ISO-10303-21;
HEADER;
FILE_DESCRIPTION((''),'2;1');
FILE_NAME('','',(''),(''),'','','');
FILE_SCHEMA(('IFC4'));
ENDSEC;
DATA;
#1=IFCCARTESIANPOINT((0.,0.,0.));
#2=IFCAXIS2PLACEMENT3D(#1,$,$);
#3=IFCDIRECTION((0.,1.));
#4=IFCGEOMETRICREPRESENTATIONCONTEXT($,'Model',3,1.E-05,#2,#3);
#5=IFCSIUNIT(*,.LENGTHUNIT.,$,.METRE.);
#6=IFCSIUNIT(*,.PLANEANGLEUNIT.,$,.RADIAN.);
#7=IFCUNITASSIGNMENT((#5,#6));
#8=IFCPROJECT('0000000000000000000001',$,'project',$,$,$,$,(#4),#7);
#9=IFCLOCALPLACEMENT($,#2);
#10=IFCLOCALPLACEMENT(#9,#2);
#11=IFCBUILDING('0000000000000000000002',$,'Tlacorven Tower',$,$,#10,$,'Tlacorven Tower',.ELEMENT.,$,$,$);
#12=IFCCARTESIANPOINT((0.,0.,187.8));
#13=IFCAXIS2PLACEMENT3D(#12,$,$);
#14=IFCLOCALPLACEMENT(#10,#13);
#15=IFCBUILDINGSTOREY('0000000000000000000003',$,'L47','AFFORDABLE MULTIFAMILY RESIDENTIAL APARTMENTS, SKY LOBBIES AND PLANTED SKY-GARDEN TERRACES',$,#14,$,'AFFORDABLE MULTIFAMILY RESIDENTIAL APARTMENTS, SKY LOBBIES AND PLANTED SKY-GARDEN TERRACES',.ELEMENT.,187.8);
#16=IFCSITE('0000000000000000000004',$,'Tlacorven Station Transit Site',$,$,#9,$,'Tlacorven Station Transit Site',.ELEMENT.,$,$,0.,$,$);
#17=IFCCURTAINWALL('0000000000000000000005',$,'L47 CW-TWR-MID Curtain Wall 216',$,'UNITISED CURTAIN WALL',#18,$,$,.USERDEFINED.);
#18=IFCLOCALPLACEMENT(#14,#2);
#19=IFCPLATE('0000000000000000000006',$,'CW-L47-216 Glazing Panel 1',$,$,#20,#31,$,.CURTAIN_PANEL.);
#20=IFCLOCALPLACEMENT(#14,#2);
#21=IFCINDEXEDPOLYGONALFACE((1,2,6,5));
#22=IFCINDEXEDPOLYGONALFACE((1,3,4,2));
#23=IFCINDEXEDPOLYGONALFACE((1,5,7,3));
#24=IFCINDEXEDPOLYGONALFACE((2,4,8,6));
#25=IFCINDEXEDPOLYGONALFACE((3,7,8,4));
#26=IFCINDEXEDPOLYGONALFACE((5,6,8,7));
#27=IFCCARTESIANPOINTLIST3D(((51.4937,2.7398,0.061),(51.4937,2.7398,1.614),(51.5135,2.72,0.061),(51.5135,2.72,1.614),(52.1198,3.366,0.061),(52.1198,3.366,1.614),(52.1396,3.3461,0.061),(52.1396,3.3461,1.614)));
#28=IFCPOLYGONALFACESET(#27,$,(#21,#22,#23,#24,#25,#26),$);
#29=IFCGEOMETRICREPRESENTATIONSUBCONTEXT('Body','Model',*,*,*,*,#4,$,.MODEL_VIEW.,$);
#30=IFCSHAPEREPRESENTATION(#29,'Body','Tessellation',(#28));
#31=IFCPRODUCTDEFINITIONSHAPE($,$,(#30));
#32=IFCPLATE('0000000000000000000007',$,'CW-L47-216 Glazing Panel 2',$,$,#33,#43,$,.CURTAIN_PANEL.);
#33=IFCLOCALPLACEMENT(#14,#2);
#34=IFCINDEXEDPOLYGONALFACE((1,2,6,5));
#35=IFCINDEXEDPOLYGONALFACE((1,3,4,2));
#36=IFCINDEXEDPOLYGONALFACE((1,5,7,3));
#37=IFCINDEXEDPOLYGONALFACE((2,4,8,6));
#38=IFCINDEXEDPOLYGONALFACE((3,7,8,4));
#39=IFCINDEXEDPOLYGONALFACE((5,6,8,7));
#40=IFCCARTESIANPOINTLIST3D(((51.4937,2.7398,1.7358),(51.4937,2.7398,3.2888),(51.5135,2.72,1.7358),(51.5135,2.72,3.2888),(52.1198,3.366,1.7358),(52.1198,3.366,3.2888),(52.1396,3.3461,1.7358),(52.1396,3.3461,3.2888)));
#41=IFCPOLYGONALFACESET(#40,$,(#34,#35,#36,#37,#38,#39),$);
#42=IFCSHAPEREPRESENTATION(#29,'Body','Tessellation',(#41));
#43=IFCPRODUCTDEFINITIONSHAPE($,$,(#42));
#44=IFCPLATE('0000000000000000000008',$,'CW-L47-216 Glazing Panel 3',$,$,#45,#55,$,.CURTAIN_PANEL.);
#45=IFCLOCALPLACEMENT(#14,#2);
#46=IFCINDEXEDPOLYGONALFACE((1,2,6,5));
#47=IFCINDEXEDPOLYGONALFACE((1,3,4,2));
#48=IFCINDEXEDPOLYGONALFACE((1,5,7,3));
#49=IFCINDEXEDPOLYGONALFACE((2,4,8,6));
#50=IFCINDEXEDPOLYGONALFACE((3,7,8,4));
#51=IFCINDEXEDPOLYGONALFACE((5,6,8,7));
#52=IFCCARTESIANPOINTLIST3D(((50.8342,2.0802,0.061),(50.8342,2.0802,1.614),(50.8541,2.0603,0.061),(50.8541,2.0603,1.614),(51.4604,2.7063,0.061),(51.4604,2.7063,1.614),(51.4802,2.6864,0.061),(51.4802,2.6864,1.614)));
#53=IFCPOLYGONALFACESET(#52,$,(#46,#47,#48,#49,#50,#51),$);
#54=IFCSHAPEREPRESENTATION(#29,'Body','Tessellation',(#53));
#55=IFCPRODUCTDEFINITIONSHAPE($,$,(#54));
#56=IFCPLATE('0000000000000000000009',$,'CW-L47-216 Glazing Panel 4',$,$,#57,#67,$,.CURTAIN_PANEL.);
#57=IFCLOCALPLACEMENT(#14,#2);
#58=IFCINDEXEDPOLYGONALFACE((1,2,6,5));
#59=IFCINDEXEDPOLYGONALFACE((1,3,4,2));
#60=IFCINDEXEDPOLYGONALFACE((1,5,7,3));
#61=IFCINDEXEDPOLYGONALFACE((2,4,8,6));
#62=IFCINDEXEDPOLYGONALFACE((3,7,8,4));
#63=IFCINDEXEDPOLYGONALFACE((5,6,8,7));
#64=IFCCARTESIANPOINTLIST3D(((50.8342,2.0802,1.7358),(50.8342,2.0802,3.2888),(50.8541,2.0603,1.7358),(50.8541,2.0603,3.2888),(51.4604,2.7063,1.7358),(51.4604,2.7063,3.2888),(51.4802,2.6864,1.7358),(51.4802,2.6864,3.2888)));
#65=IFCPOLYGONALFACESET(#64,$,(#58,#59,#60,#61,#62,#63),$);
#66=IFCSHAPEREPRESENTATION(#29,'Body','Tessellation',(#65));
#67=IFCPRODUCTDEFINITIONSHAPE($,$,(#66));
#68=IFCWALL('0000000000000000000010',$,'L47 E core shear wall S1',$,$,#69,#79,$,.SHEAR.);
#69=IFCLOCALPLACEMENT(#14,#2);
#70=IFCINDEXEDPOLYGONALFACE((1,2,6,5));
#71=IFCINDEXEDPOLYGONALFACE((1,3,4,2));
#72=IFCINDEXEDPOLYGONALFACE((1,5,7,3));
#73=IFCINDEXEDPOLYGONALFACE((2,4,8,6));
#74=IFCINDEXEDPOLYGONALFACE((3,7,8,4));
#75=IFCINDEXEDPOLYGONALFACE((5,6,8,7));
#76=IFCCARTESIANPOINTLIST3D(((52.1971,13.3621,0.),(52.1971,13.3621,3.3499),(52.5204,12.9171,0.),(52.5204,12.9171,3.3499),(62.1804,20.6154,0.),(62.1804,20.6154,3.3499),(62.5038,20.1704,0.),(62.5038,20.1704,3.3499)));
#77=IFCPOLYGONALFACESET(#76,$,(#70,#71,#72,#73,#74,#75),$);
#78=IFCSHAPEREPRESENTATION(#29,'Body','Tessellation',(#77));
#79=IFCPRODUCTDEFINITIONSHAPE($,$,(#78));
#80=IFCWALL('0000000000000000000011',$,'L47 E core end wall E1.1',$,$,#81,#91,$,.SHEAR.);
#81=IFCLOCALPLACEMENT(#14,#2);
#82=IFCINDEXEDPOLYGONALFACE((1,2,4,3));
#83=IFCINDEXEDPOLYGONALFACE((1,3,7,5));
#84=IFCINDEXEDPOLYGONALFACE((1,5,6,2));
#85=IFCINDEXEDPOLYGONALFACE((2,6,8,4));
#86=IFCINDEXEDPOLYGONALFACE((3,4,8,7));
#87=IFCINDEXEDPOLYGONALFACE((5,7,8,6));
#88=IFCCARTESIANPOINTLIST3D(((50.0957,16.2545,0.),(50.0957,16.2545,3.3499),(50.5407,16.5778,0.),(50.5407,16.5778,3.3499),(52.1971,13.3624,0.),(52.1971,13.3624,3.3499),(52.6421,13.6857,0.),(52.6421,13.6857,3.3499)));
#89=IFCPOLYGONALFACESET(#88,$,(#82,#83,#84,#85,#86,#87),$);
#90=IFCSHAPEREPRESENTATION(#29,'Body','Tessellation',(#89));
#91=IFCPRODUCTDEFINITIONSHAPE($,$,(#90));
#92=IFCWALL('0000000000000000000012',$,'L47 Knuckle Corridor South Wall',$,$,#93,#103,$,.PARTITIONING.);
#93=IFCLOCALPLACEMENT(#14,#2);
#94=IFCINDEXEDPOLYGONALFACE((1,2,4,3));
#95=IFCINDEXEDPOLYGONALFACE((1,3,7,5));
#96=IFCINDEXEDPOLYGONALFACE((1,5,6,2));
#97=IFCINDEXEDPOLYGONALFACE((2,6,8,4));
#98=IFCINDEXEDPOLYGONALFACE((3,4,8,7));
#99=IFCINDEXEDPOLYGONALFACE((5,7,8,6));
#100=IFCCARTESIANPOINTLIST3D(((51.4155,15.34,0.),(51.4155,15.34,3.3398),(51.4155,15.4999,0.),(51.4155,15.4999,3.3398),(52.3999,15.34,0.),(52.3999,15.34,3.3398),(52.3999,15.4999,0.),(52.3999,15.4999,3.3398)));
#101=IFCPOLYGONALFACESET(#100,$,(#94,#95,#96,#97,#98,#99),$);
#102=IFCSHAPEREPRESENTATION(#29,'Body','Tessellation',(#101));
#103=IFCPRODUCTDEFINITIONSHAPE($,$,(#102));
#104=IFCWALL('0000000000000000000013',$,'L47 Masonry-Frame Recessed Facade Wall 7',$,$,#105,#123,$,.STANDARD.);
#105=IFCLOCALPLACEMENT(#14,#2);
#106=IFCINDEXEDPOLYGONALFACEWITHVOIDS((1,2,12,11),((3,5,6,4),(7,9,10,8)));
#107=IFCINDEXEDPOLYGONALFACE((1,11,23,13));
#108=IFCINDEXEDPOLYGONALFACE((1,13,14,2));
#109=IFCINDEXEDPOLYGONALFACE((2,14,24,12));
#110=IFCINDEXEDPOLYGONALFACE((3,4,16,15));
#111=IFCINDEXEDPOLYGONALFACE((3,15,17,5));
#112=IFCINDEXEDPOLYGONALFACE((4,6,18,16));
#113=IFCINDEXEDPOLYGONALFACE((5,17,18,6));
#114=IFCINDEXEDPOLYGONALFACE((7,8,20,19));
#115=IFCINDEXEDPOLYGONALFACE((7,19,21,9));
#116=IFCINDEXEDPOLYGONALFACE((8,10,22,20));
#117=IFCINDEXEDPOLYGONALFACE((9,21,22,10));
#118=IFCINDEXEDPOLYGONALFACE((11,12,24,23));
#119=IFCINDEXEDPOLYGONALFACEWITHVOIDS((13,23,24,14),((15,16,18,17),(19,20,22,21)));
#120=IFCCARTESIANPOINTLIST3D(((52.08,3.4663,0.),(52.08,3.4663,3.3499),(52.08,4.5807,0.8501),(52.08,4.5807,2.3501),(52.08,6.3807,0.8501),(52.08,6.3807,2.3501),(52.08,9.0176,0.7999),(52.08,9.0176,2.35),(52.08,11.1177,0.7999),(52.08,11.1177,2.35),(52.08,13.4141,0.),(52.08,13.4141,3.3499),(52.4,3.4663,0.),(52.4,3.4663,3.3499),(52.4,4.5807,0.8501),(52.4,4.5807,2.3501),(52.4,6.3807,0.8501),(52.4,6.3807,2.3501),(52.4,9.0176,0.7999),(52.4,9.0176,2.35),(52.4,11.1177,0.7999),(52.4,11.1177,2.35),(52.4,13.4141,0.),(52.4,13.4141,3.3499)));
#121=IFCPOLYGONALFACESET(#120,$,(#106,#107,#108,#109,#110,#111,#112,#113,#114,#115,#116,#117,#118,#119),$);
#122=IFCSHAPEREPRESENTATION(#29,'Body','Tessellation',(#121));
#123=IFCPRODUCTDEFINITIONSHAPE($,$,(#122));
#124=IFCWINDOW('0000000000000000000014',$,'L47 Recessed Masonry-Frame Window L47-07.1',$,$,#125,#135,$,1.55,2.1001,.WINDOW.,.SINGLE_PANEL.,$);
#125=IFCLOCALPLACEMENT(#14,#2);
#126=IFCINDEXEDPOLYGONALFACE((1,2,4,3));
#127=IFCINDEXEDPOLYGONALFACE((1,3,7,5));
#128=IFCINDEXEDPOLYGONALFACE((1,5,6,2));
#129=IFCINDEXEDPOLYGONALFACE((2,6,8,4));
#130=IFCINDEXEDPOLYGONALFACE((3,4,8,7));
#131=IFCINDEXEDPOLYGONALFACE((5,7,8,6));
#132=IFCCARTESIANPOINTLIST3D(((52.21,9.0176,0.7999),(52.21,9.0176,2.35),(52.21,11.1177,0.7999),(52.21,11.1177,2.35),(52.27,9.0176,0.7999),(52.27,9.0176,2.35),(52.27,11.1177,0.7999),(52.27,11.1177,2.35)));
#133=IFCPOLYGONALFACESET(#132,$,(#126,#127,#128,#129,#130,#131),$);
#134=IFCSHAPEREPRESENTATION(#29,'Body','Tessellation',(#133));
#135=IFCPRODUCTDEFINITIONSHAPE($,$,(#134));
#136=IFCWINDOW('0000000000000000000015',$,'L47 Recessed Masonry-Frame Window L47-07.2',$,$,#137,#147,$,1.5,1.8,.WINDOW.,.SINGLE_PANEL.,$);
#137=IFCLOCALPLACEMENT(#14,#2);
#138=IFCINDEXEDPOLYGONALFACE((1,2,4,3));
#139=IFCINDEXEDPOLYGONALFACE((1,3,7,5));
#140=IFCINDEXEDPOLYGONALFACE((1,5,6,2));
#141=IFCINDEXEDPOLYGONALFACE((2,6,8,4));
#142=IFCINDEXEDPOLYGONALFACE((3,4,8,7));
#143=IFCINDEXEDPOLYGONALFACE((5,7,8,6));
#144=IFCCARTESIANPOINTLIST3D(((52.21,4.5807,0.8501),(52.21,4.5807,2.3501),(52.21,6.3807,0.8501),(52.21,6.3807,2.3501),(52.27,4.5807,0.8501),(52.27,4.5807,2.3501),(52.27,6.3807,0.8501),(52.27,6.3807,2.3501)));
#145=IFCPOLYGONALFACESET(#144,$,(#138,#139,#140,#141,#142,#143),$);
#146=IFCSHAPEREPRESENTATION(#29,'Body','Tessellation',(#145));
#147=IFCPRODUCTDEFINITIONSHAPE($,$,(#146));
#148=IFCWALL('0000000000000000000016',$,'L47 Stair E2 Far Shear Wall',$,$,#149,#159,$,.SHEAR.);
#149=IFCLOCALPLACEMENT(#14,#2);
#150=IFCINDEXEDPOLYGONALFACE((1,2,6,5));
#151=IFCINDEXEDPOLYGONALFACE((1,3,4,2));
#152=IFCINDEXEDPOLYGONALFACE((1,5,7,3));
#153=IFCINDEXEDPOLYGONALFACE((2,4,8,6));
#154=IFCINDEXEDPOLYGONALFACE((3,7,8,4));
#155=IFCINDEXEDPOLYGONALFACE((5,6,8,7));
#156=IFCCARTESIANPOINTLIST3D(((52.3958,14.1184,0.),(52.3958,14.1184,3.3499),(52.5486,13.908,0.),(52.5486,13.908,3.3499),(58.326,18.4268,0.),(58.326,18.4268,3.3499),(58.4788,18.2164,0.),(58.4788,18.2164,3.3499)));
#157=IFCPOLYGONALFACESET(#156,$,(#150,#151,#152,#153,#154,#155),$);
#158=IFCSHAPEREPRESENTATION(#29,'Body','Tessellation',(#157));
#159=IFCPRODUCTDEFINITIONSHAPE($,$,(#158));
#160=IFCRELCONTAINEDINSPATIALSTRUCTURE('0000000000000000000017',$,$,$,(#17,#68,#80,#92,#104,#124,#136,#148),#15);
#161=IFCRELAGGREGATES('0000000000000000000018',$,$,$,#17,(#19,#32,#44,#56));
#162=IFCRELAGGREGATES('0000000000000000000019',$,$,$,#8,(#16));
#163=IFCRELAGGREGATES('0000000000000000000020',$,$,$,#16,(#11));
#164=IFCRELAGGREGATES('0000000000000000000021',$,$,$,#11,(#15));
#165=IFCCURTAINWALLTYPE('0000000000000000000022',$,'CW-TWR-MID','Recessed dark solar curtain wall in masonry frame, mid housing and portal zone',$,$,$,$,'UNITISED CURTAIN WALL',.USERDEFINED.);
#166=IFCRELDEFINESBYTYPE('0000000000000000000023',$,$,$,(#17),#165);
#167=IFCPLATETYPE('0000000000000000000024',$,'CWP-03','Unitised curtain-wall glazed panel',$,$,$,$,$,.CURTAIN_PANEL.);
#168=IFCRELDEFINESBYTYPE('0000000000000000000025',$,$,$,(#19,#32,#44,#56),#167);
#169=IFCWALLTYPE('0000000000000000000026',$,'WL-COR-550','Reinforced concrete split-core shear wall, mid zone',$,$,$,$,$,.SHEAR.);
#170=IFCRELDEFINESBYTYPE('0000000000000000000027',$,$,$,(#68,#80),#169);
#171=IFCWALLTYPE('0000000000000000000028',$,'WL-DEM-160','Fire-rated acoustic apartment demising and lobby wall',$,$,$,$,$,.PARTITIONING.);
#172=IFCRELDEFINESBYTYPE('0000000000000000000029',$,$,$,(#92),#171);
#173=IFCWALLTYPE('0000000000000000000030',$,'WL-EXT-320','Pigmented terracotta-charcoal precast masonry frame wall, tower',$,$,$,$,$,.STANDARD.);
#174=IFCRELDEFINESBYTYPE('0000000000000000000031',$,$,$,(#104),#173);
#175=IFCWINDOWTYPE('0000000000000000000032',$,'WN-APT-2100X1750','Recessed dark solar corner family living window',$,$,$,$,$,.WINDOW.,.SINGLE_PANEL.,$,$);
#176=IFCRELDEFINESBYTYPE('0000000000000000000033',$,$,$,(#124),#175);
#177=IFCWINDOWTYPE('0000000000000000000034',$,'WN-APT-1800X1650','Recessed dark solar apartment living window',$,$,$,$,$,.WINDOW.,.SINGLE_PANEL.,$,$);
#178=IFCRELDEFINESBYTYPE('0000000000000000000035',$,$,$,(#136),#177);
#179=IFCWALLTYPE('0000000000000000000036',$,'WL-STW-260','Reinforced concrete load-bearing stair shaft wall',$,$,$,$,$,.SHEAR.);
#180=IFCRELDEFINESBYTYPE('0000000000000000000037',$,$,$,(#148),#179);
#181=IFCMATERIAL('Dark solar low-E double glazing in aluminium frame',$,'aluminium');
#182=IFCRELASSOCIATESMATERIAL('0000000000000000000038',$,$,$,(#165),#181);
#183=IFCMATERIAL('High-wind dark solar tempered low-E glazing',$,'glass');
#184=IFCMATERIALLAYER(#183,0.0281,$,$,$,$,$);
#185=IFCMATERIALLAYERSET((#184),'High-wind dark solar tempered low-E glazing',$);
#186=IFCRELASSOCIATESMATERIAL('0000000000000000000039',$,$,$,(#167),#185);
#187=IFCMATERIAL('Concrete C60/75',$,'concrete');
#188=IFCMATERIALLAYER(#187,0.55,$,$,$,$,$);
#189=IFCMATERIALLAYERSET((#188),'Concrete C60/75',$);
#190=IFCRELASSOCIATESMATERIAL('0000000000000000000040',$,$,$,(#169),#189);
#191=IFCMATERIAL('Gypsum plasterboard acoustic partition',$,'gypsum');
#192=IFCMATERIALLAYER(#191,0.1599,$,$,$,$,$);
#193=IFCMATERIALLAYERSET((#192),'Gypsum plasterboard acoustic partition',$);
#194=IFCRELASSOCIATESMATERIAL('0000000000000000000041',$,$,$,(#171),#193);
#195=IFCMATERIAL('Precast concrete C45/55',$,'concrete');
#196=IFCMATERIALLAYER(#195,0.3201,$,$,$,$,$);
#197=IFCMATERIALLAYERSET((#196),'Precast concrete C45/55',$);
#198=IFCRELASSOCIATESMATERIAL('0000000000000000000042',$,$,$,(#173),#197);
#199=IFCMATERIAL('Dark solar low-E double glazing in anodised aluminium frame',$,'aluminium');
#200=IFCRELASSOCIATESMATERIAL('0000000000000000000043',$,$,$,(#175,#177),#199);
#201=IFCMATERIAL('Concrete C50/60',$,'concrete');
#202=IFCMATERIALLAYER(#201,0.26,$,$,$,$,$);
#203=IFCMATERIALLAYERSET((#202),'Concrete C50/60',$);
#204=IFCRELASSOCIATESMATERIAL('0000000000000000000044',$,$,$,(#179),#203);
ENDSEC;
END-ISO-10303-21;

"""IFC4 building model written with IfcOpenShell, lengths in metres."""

from ifc_helpers import new_model, si_unit, direction, frame, frame_2d, origin, origin_2d, place, context, subcontext, project, spatial, rectangle, extrude, source, transform, mapped, material, layer, layer_set, type_object, element, fill, aggregate, save


model = new_model("IFC4")

# Units and contexts
model_context = context("Model", 3, precision=1e-05, world=origin(), true_north=direction((0.0, 1.0)))
body_context = subcontext(model_context, "Body", "Model", "MODEL_VIEW")
ifc_project = project(units=[si_unit("LENGTHUNIT", "METRE"), si_unit("PLANEANGLEUNIT", "RADIAN")], contexts=[model_context])

# Site, building, storey
site_placement = place(None, origin())
site = spatial("IfcSite", under=ifc_project, at=site_placement, Name="Tlacorven Station Transit Site", LongName="Tlacorven Station Transit Site", CompositionType="ELEMENT", RefElevation=0.0)
building_placement = place(site_placement, origin())
building = spatial("IfcBuilding", under=site, at=building_placement, Name="Tlacorven Tower", LongName="Tlacorven Tower", CompositionType="ELEMENT")
storey_placement = place(building_placement, frame((0.0, 0.0, 187.8)))
storey = spatial("IfcBuildingStorey", under=building, at=storey_placement, Name="L47", Description="AFFORDABLE MULTIFAMILY RESIDENTIAL APARTMENTS, SKY LOBBIES AND PLANTED SKY-GARDEN TERRACES", LongName="AFFORDABLE MULTIFAMILY RESIDENTIAL APARTMENTS, SKY LOBBIES AND PLANTED SKY-GARDEN TERRACES", CompositionType="ELEMENT", Elevation=187.8)

# Curtain wall, plates
ifc_material_1 = material(Name="Dark solar low-E double glazing in aluminium frame", Category="aluminium")
curtain_wall_type = type_object("IfcCurtainWallType", Name="CW-TWR-MID", Description="Recessed dark solar curtain wall in masonry frame, mid housing and portal zone", ElementType="UNITISED CURTAIN WALL", PredefinedType="USERDEFINED", material=ifc_material_1)
curtain_wall_placement = place(storey_placement, origin())
curtain_wall = element("IfcCurtainWall", 1, at=curtain_wall_placement, inside=storey, type_object=curtain_wall_type, Name="L47 CW-TWR-MID Curtain Wall 216", ObjectType="UNITISED CURTAIN WALL", PredefinedType="USERDEFINED")
ifc_material_2 = material(Name="High-wind dark solar tempered low-E glazing", Category="glass")
ifc_layer_1 = layer(ifc_material_2, 0.0281)
ifc_layer_set_1 = layer_set([ifc_layer_1], Name="High-wind dark solar tempered low-E glazing")
plate_type = type_object("IfcPlateType", Name="CWP-03", Description="Unitised curtain-wall glazed panel", PredefinedType="CURTAIN_PANEL", material=ifc_layer_set_1)
shared_shape_1 = source(origin(), body_context, "Body", "SweptSolid", [
    extrude(rectangle(XDim=0.8855, YDim=0.0281, at=origin_2d()), origin(), (0.0, 0.0, 1.0), 1.553),
])
plate_1_placement = place(storey_placement, frame((51.8167, 3.043, 0.061), z_axis=(0.0, 0.0, 1.0), x_axis=(-0.707107, -0.707107, 0.0)))
plate_1 = element("IfcPlate", 2, at=plate_1_placement, type_object=plate_type, Name="CW-L47-216 Glazing Panel 1", PredefinedType="CURTAIN_PANEL", context=body_context, shape_type="MappedRepresentation", body=[
    mapped(shared_shape_1, transform((0.0, 0.0, 0.0), scale=1.0)),
])
plate_2_placement = place(storey_placement, frame((51.8167, 3.043, 1.7358), z_axis=(0.0, 0.0, 1.0), x_axis=(-0.707107, -0.707107, 0.0)))
plate_2 = element("IfcPlate", 3, at=plate_2_placement, type_object=plate_type, Name="CW-L47-216 Glazing Panel 2", PredefinedType="CURTAIN_PANEL", context=body_context, shape_type="MappedRepresentation", body=[
    mapped(shared_shape_1, transform((0.0, 0.0, 0.0), scale=1.0)),
])
plate_3_placement = place(storey_placement, frame((51.1572, 2.3833, 0.061), z_axis=(0.0, 0.0, 1.0), x_axis=(-0.707107, -0.707107, 0.0)))
plate_3 = element("IfcPlate", 4, at=plate_3_placement, type_object=plate_type, Name="CW-L47-216 Glazing Panel 3", PredefinedType="CURTAIN_PANEL", context=body_context, shape_type="MappedRepresentation", body=[
    mapped(shared_shape_1, transform((0.0, 0.0, 0.0), scale=1.0)),
])
plate_4_placement = place(storey_placement, frame((51.1572, 2.3833, 1.7358), z_axis=(0.0, 0.0, 1.0), x_axis=(-0.707107, -0.707107, 0.0)))
plate_4 = element("IfcPlate", 5, at=plate_4_placement, type_object=plate_type, Name="CW-L47-216 Glazing Panel 4", PredefinedType="CURTAIN_PANEL", context=body_context, shape_type="MappedRepresentation", body=[
    mapped(shared_shape_1, transform((0.0, 0.0, 0.0), scale=1.0)),
])
aggregate(curtain_wall, [plate_1, plate_2, plate_3, plate_4])

# Walls
ifc_material_3 = material(Name="Concrete C60/75", Category="concrete")
ifc_layer_2 = layer(ifc_material_3, 0.55)
ifc_layer_set_2 = layer_set([ifc_layer_2], Name="Concrete C60/75")
wall_type_1 = type_object("IfcWallType", Name="WL-COR-550", Description="Reinforced concrete split-core shear wall, mid zone", PredefinedType="SHEAR", material=ifc_layer_set_2)
wall_1_placement = place(storey_placement, frame((52.3589, 13.1396, 0.0), z_axis=(0.0, 0.0, 1.0), x_axis=(0.809015, 0.587788, 0.0)))
element("IfcWall", 6, at=wall_1_placement, inside=storey, type_object=wall_type_1, Name="L47 E core shear wall S1", PredefinedType="SHEAR", context=body_context, shape_type="SweptSolid", body=[
    extrude(rectangle(XDim=12.3401, YDim=0.55, at=frame_2d((6.1699, 0.0))), origin(), (0.0, 0.0, 1.0), 3.3499),
])
wall_2_placement = place(storey_placement, frame((52.4197, 13.5239, 0.0), z_axis=(0.0, 0.0, 1.0), x_axis=(-0.587802, 0.809005, 0.0)))
element("IfcWall", 7, at=wall_2_placement, inside=storey, type_object=wall_type_1, Name="L47 E core end wall E1.1", PredefinedType="SHEAR", context=body_context, shape_type="SweptSolid", body=[
    extrude(rectangle(XDim=3.575, YDim=0.55, at=frame_2d((1.7876, 0.0))), origin(), (0.0, 0.0, 1.0), 3.3499),
])
ifc_material_4 = material(Name="Gypsum plasterboard acoustic partition", Category="gypsum")
ifc_layer_3 = layer(ifc_material_4, 0.1599)
ifc_layer_set_3 = layer_set([ifc_layer_3], Name="Gypsum plasterboard acoustic partition")
wall_type_2 = type_object("IfcWallType", Name="WL-DEM-160", Description="Fire-rated acoustic apartment demising and lobby wall", PredefinedType="PARTITIONING", material=ifc_layer_set_3)
wall_3_placement = place(storey_placement, frame((51.4155, 15.4199, 0.0), z_axis=(0.0, 0.0, 1.0), x_axis=(1.0, 0.0, 0.0)))
element("IfcWall", 8, at=wall_3_placement, inside=storey, type_object=wall_type_2, Name="L47 Knuckle Corridor South Wall", PredefinedType="PARTITIONING", context=body_context, shape_type="SweptSolid", body=[
    extrude(rectangle(XDim=0.9844, YDim=0.1599, at=frame_2d((0.4922, 0.0))), origin(), (0.0, 0.0, 1.0), 3.3398),
])

# Wall, openings, windows
ifc_material_5 = material(Name="Precast concrete C45/55", Category="concrete")
ifc_layer_4 = layer(ifc_material_5, 0.3201)
ifc_layer_set_4 = layer_set([ifc_layer_4], Name="Precast concrete C45/55")
wall_type_3 = type_object("IfcWallType", Name="WL-EXT-320", Description="Pigmented terracotta-charcoal precast masonry frame wall, tower", PredefinedType="STANDARD", material=ifc_layer_set_4)
wall_4_placement = place(storey_placement, frame((52.24, 13.4141, 0.0), z_axis=(0.0, 0.0, 1.0), x_axis=(0.0, -1.0, 0.0)))
wall_4 = element("IfcWall", 9, at=wall_4_placement, inside=storey, type_object=wall_type_3, Name="L47 Masonry-Frame Recessed Facade Wall 7", PredefinedType="STANDARD", context=body_context, shape_type="SweptSolid", body=[
    extrude(rectangle(XDim=9.9478, YDim=0.3201, at=frame_2d((4.9739, 0.0))), origin(), (0.0, 0.0, 1.0), 3.3499),
])
opening_1_placement = place(wall_4_placement, frame((2.2964, 0.0, 0.8)))
opening_1 = element("IfcOpeningElement", 10, at=opening_1_placement, cuts=wall_4, PredefinedType="OPENING", context=body_context, shape_type="SweptSolid", body=[
    extrude(rectangle(XDim=2.1001, YDim=1.55, at=frame_2d((1.05, 0.7749))), frame((0.0, 0.1699, 0.0), z_axis=(0.0, -1.0, 0.0), x_axis=(1.0, 0.0, 0.0)), (0.0, 0.0, 1.0), 0.3401),
])
opening_2_placement = place(wall_4_placement, frame((7.0334, 0.0, 0.8501)))
opening_2 = element("IfcOpeningElement", 11, at=opening_2_placement, cuts=wall_4, PredefinedType="OPENING", context=body_context, shape_type="SweptSolid", body=[
    extrude(rectangle(XDim=1.8, YDim=1.5, at=frame_2d((0.8999, 0.75))), frame((0.0, 0.1699, 0.0), z_axis=(0.0, -1.0, 0.0), x_axis=(1.0, 0.0, 0.0)), (0.0, 0.0, 1.0), 0.3401),
])
ifc_material_6 = material(Name="Dark solar low-E double glazing in anodised aluminium frame", Category="aluminium")
window_type_1 = type_object("IfcWindowType", Name="WN-APT-2100X1750", Description="Recessed dark solar corner family living window", PartitioningType="SINGLE_PANEL", PredefinedType="WINDOW", material=ifc_material_6)
shared_shape_2 = source(origin(), body_context, "Body", "SweptSolid", [
    extrude(rectangle(XDim=2.1001, YDim=1.55, at=frame_2d((1.05, 0.7749))), frame((0.0, 0.03, 0.0), z_axis=(0.0, -1.0, 0.0), x_axis=(1.0, 0.0, 0.0)), (0.0, 0.0, 1.0), 0.0601),
])
window_1_placement = place(opening_1_placement, origin())
window_1 = element("IfcWindow", 12, at=window_1_placement, inside=storey, type_object=window_type_1, Name="L47 Recessed Masonry-Frame Window L47-07.1", OverallHeight=1.55, OverallWidth=2.1001, PartitioningType="SINGLE_PANEL", PredefinedType="WINDOW", context=body_context, shape_type="MappedRepresentation", body=[
    mapped(shared_shape_2, transform((0.0, 0.0, 0.0), scale=1.0)),
])
fill(opening_1, window_1)
window_type_2 = type_object("IfcWindowType", Name="WN-APT-1800X1650", Description="Recessed dark solar apartment living window", PartitioningType="SINGLE_PANEL", PredefinedType="WINDOW", material=ifc_material_6)
shared_shape_3 = source(origin(), body_context, "Body", "SweptSolid", [
    extrude(rectangle(XDim=1.8, YDim=1.5, at=frame_2d((0.8999, 0.75))), frame((0.0, 0.03, 0.0), z_axis=(0.0, -1.0, 0.0), x_axis=(1.0, 0.0, 0.0)), (0.0, 0.0, 1.0), 0.0601),
])
window_2_placement = place(opening_2_placement, origin())
window_2 = element("IfcWindow", 13, at=window_2_placement, inside=storey, type_object=window_type_2, Name="L47 Recessed Masonry-Frame Window L47-07.2", OverallHeight=1.5, OverallWidth=1.8, PartitioningType="SINGLE_PANEL", PredefinedType="WINDOW", context=body_context, shape_type="MappedRepresentation", body=[
    mapped(shared_shape_3, transform((0.0, 0.0, 0.0), scale=1.0)),
])
fill(opening_2, window_2)

# Wall
ifc_material_7 = material(Name="Concrete C50/60", Category="concrete")
ifc_layer_5 = layer(ifc_material_7, 0.26)
ifc_layer_set_5 = layer_set([ifc_layer_5], Name="Concrete C50/60")
wall_type_4 = type_object("IfcWallType", Name="WL-STW-260", Description="Reinforced concrete load-bearing stair shaft wall", PredefinedType="SHEAR", material=ifc_layer_set_5)
wall_5_placement = place(storey_placement, frame((52.4722, 14.0132, 0.0), z_axis=(0.0, 0.0, 1.0), x_axis=(0.809028, 0.58777, 0.0)))
element("IfcWall", 14, at=wall_5_placement, inside=storey, type_object=wall_type_4, Name="L47 Stair E2 Far Shear Wall", PredefinedType="SHEAR", context=body_context, shape_type="SweptSolid", body=[
    extrude(rectangle(XDim=7.3301, YDim=0.26, at=frame_2d((3.665, 0.0))), origin(), (0.0, 0.0, 1.0), 3.3499),
])

save(model, "model.ifc")
